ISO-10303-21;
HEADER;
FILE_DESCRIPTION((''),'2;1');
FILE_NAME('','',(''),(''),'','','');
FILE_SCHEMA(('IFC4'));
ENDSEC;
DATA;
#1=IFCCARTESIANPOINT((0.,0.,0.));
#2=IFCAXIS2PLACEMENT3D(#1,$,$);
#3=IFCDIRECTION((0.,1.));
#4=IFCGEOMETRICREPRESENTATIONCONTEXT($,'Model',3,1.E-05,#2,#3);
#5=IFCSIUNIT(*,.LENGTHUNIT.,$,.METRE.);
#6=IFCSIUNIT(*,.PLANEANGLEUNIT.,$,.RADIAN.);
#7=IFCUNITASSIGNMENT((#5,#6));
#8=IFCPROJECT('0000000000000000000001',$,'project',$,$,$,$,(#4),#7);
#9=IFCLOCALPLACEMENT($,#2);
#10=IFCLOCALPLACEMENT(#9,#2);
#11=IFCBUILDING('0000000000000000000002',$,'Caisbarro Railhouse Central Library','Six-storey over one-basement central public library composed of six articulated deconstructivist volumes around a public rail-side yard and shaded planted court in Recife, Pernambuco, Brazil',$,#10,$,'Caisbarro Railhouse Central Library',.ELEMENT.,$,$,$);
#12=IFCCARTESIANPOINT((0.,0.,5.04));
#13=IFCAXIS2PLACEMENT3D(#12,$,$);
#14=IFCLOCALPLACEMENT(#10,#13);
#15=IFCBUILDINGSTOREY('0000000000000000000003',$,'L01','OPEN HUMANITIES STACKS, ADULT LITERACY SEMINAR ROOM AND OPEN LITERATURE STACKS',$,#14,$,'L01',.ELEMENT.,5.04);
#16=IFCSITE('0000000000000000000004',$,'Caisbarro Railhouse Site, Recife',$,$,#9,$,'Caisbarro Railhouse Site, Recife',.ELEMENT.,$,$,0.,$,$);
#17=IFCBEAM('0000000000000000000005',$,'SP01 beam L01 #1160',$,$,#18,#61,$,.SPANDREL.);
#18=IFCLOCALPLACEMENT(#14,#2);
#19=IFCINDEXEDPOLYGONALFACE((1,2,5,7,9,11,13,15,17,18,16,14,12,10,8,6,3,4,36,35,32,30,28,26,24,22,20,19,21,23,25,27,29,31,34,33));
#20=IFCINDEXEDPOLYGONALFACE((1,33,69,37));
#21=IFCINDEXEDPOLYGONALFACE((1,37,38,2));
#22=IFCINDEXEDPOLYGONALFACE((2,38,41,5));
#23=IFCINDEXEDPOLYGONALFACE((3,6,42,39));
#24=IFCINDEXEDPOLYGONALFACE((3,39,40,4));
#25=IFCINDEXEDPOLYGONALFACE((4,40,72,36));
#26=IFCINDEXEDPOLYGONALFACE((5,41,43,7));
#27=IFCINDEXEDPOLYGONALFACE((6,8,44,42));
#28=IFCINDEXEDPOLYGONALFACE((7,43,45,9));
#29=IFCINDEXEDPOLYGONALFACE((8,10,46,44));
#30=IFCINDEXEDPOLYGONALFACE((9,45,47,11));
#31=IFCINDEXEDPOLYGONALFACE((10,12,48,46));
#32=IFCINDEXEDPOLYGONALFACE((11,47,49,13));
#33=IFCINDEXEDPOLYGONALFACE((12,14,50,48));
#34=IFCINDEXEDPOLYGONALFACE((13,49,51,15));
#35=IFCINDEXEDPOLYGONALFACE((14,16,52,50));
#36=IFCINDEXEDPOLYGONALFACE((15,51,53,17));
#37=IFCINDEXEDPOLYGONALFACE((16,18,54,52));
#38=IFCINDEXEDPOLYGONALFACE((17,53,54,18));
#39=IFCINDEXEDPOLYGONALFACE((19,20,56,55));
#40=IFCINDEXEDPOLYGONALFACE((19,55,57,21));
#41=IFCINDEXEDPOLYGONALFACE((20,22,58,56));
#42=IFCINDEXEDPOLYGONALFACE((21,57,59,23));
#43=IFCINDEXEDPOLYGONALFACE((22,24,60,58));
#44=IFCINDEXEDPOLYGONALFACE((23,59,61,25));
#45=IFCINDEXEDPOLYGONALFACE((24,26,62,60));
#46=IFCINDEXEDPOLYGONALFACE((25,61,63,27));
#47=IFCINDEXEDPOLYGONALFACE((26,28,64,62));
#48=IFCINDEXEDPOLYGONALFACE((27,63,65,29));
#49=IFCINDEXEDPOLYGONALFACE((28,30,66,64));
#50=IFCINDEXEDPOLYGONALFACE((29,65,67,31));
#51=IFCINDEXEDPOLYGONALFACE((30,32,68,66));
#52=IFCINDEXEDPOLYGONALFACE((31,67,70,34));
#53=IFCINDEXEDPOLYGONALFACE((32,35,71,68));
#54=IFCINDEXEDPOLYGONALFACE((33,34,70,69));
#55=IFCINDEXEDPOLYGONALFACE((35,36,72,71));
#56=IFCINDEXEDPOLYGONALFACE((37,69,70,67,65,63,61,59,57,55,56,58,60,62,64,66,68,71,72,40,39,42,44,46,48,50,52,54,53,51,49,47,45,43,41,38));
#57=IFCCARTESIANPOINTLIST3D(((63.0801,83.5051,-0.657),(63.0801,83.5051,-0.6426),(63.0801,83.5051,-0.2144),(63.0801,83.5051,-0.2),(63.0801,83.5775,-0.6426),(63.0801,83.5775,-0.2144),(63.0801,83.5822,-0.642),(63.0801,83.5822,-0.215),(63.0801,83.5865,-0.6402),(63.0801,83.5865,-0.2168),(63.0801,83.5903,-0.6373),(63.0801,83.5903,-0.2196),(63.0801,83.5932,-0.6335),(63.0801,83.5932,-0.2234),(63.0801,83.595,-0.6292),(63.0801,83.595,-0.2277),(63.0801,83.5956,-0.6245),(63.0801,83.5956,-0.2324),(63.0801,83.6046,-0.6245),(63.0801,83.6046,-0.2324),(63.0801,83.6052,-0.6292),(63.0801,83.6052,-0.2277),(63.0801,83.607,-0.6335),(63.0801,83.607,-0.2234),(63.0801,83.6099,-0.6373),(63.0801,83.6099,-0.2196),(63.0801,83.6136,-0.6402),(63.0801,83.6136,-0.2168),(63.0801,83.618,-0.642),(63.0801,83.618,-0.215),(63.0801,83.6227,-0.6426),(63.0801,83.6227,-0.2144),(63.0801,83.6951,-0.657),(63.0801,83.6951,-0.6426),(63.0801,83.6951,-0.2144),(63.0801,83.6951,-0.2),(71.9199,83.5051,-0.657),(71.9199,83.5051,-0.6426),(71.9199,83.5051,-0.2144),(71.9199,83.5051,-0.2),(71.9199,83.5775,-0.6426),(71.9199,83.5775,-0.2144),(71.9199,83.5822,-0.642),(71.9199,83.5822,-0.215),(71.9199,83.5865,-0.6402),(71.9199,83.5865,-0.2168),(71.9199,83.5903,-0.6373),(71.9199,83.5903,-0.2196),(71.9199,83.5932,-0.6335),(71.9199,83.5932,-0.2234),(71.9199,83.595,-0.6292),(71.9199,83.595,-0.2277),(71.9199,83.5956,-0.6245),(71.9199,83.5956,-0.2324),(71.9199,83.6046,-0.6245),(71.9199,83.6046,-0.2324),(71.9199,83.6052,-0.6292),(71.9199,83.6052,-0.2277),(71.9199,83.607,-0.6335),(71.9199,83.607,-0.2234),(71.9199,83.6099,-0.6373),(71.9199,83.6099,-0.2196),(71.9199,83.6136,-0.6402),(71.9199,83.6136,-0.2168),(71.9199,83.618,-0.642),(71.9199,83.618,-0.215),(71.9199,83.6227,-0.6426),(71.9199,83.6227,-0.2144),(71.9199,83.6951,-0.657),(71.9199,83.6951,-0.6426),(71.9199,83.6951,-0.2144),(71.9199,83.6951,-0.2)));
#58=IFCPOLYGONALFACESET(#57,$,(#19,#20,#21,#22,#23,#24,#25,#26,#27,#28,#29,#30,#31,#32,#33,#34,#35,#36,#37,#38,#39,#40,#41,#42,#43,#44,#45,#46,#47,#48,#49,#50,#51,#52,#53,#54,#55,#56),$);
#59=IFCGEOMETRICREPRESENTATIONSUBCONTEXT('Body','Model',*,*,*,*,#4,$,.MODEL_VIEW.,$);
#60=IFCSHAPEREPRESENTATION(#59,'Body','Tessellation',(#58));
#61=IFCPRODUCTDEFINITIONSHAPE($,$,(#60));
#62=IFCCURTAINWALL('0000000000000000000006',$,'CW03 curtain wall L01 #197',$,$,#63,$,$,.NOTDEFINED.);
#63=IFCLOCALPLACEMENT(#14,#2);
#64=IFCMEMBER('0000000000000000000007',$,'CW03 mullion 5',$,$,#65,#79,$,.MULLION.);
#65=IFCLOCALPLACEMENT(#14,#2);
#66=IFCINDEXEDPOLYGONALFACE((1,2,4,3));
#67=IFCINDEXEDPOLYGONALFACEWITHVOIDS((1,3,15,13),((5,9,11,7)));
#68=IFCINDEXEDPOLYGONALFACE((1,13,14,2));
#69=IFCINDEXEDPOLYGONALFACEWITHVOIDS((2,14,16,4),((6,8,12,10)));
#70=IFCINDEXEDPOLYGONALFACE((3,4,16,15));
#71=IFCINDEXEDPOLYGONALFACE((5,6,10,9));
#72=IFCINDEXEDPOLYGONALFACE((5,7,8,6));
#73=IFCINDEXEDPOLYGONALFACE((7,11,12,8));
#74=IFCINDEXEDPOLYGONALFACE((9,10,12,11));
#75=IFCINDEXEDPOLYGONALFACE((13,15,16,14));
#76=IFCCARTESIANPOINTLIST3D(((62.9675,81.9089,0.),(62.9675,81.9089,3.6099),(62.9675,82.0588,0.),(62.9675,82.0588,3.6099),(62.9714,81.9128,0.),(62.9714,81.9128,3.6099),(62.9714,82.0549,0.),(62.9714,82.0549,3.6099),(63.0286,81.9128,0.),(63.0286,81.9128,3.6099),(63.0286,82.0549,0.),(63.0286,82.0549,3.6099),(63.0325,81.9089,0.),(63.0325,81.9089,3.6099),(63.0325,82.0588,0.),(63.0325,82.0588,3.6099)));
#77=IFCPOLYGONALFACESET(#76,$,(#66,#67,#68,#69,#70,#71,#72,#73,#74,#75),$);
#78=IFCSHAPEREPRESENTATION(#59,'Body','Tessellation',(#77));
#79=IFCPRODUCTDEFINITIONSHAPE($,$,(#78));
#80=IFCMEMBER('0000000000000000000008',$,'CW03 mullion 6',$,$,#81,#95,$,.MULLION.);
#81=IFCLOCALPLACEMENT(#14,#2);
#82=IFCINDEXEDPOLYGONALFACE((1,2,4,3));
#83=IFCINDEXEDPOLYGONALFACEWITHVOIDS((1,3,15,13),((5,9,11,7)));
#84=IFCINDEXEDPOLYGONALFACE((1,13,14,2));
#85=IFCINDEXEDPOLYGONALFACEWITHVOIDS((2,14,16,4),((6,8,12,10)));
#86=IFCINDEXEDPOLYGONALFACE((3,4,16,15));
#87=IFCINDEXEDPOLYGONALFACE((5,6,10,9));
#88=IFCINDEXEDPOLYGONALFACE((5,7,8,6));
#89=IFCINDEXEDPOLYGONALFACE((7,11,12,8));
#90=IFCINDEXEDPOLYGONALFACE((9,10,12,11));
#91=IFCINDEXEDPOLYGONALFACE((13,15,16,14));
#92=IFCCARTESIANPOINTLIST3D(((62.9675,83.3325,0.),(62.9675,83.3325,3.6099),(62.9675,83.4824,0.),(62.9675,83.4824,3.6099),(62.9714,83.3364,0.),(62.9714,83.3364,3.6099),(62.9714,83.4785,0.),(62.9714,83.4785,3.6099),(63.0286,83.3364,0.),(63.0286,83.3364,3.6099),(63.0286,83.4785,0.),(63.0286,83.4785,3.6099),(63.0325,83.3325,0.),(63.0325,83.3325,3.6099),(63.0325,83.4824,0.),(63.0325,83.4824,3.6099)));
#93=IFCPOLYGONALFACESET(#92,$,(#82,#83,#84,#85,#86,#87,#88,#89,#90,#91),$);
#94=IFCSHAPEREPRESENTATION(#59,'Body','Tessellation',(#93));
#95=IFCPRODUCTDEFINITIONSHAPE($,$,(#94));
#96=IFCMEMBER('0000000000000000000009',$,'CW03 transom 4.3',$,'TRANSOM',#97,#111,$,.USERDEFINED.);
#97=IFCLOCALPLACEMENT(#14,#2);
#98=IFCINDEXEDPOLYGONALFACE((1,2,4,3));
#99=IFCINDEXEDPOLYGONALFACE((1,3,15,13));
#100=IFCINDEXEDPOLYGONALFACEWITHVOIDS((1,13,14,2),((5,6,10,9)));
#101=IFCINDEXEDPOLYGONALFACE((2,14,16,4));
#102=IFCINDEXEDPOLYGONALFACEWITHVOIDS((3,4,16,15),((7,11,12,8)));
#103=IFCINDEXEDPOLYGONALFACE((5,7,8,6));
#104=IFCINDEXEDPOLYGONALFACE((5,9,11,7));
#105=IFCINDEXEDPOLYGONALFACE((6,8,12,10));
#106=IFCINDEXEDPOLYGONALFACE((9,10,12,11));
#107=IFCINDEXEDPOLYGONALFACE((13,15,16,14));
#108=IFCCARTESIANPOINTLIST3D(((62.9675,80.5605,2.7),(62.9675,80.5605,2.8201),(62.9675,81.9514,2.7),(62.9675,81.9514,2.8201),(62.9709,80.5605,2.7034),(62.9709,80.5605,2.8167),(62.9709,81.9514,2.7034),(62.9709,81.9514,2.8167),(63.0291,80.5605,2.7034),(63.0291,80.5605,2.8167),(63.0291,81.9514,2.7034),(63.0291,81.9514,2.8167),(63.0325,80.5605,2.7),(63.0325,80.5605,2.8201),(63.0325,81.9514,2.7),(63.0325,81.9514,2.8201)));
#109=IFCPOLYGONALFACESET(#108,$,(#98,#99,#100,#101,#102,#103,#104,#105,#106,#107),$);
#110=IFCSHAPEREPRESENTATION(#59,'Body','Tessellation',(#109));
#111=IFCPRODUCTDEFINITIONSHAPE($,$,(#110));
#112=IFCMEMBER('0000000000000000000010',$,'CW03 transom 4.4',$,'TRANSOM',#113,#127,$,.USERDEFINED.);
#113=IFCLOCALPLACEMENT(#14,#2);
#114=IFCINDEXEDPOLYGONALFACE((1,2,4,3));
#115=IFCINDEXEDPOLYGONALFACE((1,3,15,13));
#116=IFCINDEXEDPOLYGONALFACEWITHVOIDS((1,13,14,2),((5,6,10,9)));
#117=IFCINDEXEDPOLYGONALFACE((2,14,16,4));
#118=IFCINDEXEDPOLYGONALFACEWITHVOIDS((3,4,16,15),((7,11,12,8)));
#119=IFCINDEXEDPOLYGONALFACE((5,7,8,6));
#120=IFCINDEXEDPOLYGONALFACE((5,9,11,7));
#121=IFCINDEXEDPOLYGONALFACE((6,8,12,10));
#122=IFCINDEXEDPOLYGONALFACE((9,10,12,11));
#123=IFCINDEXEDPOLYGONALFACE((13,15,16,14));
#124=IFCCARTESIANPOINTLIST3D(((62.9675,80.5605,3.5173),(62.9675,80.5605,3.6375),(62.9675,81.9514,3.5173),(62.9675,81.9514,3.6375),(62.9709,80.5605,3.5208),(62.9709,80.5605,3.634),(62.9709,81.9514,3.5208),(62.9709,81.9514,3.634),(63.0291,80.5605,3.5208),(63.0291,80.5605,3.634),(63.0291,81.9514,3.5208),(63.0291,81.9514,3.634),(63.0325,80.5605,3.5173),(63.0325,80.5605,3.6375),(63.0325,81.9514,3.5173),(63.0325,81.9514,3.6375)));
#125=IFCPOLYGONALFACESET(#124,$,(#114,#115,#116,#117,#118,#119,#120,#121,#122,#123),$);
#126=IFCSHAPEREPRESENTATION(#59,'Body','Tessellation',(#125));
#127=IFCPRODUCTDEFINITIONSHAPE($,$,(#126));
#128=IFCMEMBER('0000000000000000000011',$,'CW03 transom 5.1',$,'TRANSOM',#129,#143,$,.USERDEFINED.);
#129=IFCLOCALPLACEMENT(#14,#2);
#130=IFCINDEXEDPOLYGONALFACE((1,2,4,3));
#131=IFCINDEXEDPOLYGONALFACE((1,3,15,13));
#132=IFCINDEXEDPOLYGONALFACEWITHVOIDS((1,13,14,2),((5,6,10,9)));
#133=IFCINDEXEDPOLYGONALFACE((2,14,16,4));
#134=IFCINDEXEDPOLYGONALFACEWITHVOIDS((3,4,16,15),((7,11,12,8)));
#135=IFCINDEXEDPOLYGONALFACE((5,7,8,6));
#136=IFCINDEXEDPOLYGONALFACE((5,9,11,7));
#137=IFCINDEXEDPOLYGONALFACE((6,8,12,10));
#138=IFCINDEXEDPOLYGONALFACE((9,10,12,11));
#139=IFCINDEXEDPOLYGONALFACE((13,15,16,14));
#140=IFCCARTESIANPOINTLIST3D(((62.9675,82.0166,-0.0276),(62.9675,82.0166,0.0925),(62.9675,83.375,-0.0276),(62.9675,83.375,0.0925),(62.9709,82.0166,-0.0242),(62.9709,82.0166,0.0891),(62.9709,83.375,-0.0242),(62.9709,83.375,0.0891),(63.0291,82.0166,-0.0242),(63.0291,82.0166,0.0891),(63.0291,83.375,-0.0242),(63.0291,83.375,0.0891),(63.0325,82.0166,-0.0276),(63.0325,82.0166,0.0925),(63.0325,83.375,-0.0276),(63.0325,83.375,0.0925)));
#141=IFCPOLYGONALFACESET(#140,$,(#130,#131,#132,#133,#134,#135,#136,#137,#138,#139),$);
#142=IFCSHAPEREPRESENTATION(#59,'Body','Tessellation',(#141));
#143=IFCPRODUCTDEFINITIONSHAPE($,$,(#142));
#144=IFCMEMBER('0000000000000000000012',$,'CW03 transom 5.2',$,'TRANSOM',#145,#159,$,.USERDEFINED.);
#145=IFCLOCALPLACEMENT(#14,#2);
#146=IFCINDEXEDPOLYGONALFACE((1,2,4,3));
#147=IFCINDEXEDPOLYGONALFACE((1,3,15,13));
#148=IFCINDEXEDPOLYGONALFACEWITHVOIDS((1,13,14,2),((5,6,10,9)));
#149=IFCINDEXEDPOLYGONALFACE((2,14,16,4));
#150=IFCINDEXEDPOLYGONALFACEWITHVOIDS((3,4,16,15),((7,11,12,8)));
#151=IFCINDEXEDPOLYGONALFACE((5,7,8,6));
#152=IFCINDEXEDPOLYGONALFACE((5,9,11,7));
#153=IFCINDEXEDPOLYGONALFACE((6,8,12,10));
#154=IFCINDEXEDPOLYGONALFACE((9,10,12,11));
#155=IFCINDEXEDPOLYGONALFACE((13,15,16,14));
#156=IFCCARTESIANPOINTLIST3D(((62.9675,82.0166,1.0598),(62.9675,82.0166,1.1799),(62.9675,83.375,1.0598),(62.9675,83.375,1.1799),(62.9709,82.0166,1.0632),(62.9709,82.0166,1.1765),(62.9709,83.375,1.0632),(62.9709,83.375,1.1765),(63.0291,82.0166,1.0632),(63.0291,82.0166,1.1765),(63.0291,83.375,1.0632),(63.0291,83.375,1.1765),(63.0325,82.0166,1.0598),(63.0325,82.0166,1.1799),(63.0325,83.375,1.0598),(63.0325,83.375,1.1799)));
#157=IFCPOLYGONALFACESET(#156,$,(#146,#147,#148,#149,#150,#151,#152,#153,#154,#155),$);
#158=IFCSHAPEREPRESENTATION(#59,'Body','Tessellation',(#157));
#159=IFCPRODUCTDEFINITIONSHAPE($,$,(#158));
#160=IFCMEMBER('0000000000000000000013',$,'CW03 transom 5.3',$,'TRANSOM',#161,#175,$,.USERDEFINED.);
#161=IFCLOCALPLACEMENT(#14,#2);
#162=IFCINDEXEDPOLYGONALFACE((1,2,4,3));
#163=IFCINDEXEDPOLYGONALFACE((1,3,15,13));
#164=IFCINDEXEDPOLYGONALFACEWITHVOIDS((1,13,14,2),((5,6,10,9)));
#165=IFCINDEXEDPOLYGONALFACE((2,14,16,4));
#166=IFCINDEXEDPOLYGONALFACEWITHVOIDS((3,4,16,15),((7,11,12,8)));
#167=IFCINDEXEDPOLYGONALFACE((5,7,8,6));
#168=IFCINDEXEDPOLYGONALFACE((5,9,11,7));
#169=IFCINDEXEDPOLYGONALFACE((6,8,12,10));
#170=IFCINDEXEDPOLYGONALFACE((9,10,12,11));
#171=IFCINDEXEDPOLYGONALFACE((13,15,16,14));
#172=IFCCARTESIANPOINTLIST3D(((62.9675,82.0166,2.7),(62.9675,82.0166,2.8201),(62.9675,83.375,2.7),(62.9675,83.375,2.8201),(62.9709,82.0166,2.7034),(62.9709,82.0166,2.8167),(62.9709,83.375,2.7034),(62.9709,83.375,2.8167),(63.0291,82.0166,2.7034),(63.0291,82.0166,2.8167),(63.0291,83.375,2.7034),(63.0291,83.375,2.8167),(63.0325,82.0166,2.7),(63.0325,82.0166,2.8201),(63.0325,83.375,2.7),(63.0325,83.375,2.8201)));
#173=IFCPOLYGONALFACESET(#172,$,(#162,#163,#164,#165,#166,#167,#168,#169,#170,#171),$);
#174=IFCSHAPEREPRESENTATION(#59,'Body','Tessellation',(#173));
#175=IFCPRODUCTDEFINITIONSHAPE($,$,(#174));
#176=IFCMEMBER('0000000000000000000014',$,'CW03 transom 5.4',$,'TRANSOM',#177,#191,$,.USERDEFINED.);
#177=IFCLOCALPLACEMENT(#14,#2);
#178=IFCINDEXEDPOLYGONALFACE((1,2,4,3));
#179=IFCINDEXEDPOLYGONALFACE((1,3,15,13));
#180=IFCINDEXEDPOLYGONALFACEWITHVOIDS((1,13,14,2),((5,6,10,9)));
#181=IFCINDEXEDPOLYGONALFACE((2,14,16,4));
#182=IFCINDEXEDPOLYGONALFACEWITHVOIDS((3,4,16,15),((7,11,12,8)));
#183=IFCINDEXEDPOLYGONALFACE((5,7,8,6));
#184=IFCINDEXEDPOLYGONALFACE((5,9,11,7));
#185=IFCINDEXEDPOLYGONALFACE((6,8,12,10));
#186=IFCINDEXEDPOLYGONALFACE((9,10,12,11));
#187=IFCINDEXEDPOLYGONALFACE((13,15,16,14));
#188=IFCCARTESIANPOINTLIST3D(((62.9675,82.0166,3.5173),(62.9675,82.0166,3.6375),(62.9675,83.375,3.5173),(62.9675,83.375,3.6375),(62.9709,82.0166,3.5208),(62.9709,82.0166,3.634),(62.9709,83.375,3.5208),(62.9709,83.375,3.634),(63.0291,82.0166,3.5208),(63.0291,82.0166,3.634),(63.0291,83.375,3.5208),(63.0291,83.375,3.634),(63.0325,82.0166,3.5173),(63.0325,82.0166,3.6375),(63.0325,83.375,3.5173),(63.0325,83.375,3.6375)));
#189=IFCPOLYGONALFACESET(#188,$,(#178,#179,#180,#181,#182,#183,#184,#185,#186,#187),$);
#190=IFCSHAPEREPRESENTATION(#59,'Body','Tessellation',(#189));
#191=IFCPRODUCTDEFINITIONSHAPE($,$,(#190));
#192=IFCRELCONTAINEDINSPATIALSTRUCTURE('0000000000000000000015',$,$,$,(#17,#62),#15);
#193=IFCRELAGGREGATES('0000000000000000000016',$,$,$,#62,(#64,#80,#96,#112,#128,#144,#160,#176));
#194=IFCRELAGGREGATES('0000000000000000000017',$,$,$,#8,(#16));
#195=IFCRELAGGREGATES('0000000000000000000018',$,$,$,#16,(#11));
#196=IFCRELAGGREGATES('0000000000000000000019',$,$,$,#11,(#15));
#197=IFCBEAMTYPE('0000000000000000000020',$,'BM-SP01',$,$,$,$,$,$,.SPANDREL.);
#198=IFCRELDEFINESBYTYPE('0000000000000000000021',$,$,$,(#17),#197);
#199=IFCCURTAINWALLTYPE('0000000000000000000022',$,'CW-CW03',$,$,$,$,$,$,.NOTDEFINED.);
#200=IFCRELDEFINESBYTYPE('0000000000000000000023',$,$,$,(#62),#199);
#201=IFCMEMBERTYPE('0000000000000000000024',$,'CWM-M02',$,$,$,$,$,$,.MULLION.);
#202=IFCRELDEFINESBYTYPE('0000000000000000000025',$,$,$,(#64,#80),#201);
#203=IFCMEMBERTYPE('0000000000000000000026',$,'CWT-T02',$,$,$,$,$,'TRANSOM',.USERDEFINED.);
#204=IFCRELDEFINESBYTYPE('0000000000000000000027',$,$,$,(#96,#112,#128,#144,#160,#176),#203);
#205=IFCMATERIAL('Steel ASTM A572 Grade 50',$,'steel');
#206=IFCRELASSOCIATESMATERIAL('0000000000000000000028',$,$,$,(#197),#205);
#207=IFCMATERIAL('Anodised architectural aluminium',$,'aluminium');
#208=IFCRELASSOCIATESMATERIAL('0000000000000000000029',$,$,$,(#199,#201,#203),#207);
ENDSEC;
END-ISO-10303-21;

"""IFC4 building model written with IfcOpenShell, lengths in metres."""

from ifc_helpers import new_model, si_unit, direction, frame, origin, origin_2d, place, context, subcontext, project, spatial, hollow_rectangle, i_section, extrude, material, material_profile, profile_set, type_object, element, aggregate, save


model = new_model("IFC4")

# Units and contexts
model_context = context("Model", 3, precision=1e-05, world=origin(), true_north=direction((0.0, 1.0)))
body_context = subcontext(model_context, "Body", "Model", "MODEL_VIEW")
ifc_project = project(units=[si_unit("LENGTHUNIT", "METRE"), si_unit("PLANEANGLEUNIT", "RADIAN")], contexts=[model_context])

# Site, building, storey
site_placement = place(None, origin())
site = spatial("IfcSite", under=ifc_project, at=site_placement, Name="Caisbarro Railhouse Site, Recife", LongName="Caisbarro Railhouse Site, Recife", CompositionType="ELEMENT", RefElevation=0.0)
building_placement = place(site_placement, origin())
building = spatial("IfcBuilding", under=site, at=building_placement, Name="Caisbarro Railhouse Central Library", Description="Six-storey over one-basement central public library composed of six articulated deconstructivist volumes around a public rail-side yard and shaded planted court in Recife, Pernambuco, Brazil", LongName="Caisbarro Railhouse Central Library", CompositionType="ELEMENT")
storey_placement = place(building_placement, frame((0.0, 0.0, 5.04)))
storey = spatial("IfcBuildingStorey", under=building, at=storey_placement, Name="L01", Description="OPEN HUMANITIES STACKS, ADULT LITERACY SEMINAR ROOM AND OPEN LITERATURE STACKS", LongName="L01", CompositionType="ELEMENT", Elevation=5.04)

# Shared definitions
ifc_material_1 = material(Name="Steel ASTM A572 Grade 50", Category="steel")

# Beam
ifc_material_profile_1 = material_profile(ifc_material_1, i_section(OverallWidth=0.1899, OverallDepth=0.457, WebThickness=0.009, FlangeThickness=0.0144, FilletRadius=0.0181, at=origin_2d()), Name="W460X74.0")
ifc_profile_set_1 = profile_set([ifc_material_profile_1], Name="Steel ASTM A572 Grade 50")
beam_type_1 = type_object("IfcBeamType", Name="BM-SP01", PredefinedType="SPANDREL", material=ifc_profile_set_1)
beam_1_placement = place(storey_placement, frame((63.0801, 83.6001, -0.4285), z_axis=(1.0, 0.0, 0.0), x_axis=(0.0, 1.0, 0.0)))
element("IfcBeam", 1, at=beam_1_placement, inside=storey, type_object=beam_type_1, Name="SP01 beam L01 #1160", PredefinedType="SPANDREL", context=body_context, shape_type="SweptSolid", body=[
    extrude(i_section(OverallWidth=0.1899, OverallDepth=0.457, WebThickness=0.009, FlangeThickness=0.0144, FilletRadius=0.0181, at=origin_2d()), origin(), (0.0, 0.0, 1.0), 8.8398),
])

# Curtain wall, members
ifc_material_2 = material(Name="Anodised architectural aluminium", Category="aluminium")
curtain_wall_type = type_object("IfcCurtainWallType", Name="CW-CW03", PredefinedType="NOTDEFINED", material=ifc_material_2)
curtain_wall_placement = place(storey_placement, origin())
curtain_wall = element("IfcCurtainWall", 2, at=curtain_wall_placement, inside=storey, type_object=curtain_wall_type, Name="CW03 curtain wall L01 #197", PredefinedType="NOTDEFINED")
ifc_material_profile_2 = material_profile(ifc_material_2, hollow_rectangle(XDim=0.0649, YDim=0.1499, WallThickness=0.0039, at=origin_2d()), Name="ALU-MUL-65X150")
ifc_profile_set_2 = profile_set([ifc_material_profile_2], Name="Anodised architectural aluminium")
member_type_1 = type_object("IfcMemberType", Name="CWM-M02", PredefinedType="MULLION", material=ifc_profile_set_2)
member_1_placement = place(storey_placement, frame((63.0, 81.9839, 0.0), z_axis=(0.0, 0.0, 1.0), x_axis=(-1.0, 0.0, 0.0)))
member_1 = element("IfcMember", 3, at=member_1_placement, type_object=member_type_1, Name="CW03 mullion 5", PredefinedType="MULLION", context=body_context, shape_type="SweptSolid", body=[
    extrude(hollow_rectangle(XDim=0.0649, YDim=0.1499, WallThickness=0.0039, at=origin_2d()), origin(), (0.0, 0.0, 1.0), 3.6099),
])
member_2_placement = place(storey_placement, frame((63.0, 83.4075, 0.0), z_axis=(0.0, 0.0, 1.0), x_axis=(-1.0, 0.0, 0.0)))
member_2 = element("IfcMember", 4, at=member_2_placement, type_object=member_type_1, Name="CW03 mullion 6", PredefinedType="MULLION", context=body_context, shape_type="SweptSolid", body=[
    extrude(hollow_rectangle(XDim=0.0649, YDim=0.1499, WallThickness=0.0039, at=origin_2d()), origin(), (0.0, 0.0, 1.0), 3.6099),
])
ifc_material_profile_3 = material_profile(ifc_material_2, hollow_rectangle(XDim=0.0649, YDim=0.1201, WallThickness=0.0034, at=origin_2d()), Name="ALU-TRN-65X120")
ifc_profile_set_3 = profile_set([ifc_material_profile_3], Name="Anodised architectural aluminium")
member_type_2 = type_object("IfcMemberType", Name="CWT-T02", ElementType="TRANSOM", PredefinedType="USERDEFINED", material=ifc_profile_set_3)
member_3_placement = place(storey_placement, frame((63.0, 80.5605, 2.76), z_axis=(0.0, 1.0, 0.0), x_axis=(-1.0, 0.0, 0.0)))
member_3 = element("IfcMember", 5, at=member_3_placement, type_object=member_type_2, Name="CW03 transom 4.3", ObjectType="TRANSOM", PredefinedType="USERDEFINED", context=body_context, shape_type="SweptSolid", body=[
    extrude(hollow_rectangle(XDim=0.0649, YDim=0.1201, WallThickness=0.0034, at=origin_2d()), origin(), (0.0, 0.0, 1.0), 1.3909),
])
member_4_placement = place(storey_placement, frame((63.0, 80.5605, 3.5774), z_axis=(0.0, 1.0, 0.0), x_axis=(-1.0, 0.0, 0.0)))
member_4 = element("IfcMember", 6, at=member_4_placement, type_object=member_type_2, Name="CW03 transom 4.4", ObjectType="TRANSOM", PredefinedType="USERDEFINED", context=body_context, shape_type="SweptSolid", body=[
    extrude(hollow_rectangle(XDim=0.0649, YDim=0.1201, WallThickness=0.0034, at=origin_2d()), origin(), (0.0, 0.0, 1.0), 1.3909),
])
member_5_placement = place(storey_placement, frame((63.0, 82.0166, 0.0325), z_axis=(0.0, 1.0, 0.0), x_axis=(-1.0, 0.0, 0.0)))
member_5 = element("IfcMember", 7, at=member_5_placement, type_object=member_type_2, Name="CW03 transom 5.1", ObjectType="TRANSOM", PredefinedType="USERDEFINED", context=body_context, shape_type="SweptSolid", body=[
    extrude(hollow_rectangle(XDim=0.0649, YDim=0.1201, WallThickness=0.0034, at=origin_2d()), origin(), (0.0, 0.0, 1.0), 1.3584),
])
member_6_placement = place(storey_placement, frame((63.0, 82.0166, 1.1199), z_axis=(0.0, 1.0, 0.0), x_axis=(-1.0, 0.0, 0.0)))
member_6 = element("IfcMember", 8, at=member_6_placement, type_object=member_type_2, Name="CW03 transom 5.2", ObjectType="TRANSOM", PredefinedType="USERDEFINED", context=body_context, shape_type="SweptSolid", body=[
    extrude(hollow_rectangle(XDim=0.0649, YDim=0.1201, WallThickness=0.0034, at=origin_2d()), origin(), (0.0, 0.0, 1.0), 1.3584),
])
member_7_placement = place(storey_placement, frame((63.0, 82.0166, 2.76), z_axis=(0.0, 1.0, 0.0), x_axis=(-1.0, 0.0, 0.0)))
member_7 = element("IfcMember", 9, at=member_7_placement, type_object=member_type_2, Name="CW03 transom 5.3", ObjectType="TRANSOM", PredefinedType="USERDEFINED", context=body_context, shape_type="SweptSolid", body=[
    extrude(hollow_rectangle(XDim=0.0649, YDim=0.1201, WallThickness=0.0034, at=origin_2d()), origin(), (0.0, 0.0, 1.0), 1.3584),
])
member_8_placement = place(storey_placement, frame((63.0, 82.0166, 3.5774), z_axis=(0.0, 1.0, 0.0), x_axis=(-1.0, 0.0, 0.0)))
member_8 = element("IfcMember", 10, at=member_8_placement, type_object=member_type_2, Name="CW03 transom 5.4", ObjectType="TRANSOM", PredefinedType="USERDEFINED", context=body_context, shape_type="SweptSolid", body=[
    extrude(hollow_rectangle(XDim=0.0649, YDim=0.1201, WallThickness=0.0034, at=origin_2d()), origin(), (0.0, 0.0, 1.0), 1.3584),
])

aggregate(curtain_wall, [member_1, member_2, member_3, member_4, member_5, member_6, member_7, member_8])

save(model, "model.ifc")
